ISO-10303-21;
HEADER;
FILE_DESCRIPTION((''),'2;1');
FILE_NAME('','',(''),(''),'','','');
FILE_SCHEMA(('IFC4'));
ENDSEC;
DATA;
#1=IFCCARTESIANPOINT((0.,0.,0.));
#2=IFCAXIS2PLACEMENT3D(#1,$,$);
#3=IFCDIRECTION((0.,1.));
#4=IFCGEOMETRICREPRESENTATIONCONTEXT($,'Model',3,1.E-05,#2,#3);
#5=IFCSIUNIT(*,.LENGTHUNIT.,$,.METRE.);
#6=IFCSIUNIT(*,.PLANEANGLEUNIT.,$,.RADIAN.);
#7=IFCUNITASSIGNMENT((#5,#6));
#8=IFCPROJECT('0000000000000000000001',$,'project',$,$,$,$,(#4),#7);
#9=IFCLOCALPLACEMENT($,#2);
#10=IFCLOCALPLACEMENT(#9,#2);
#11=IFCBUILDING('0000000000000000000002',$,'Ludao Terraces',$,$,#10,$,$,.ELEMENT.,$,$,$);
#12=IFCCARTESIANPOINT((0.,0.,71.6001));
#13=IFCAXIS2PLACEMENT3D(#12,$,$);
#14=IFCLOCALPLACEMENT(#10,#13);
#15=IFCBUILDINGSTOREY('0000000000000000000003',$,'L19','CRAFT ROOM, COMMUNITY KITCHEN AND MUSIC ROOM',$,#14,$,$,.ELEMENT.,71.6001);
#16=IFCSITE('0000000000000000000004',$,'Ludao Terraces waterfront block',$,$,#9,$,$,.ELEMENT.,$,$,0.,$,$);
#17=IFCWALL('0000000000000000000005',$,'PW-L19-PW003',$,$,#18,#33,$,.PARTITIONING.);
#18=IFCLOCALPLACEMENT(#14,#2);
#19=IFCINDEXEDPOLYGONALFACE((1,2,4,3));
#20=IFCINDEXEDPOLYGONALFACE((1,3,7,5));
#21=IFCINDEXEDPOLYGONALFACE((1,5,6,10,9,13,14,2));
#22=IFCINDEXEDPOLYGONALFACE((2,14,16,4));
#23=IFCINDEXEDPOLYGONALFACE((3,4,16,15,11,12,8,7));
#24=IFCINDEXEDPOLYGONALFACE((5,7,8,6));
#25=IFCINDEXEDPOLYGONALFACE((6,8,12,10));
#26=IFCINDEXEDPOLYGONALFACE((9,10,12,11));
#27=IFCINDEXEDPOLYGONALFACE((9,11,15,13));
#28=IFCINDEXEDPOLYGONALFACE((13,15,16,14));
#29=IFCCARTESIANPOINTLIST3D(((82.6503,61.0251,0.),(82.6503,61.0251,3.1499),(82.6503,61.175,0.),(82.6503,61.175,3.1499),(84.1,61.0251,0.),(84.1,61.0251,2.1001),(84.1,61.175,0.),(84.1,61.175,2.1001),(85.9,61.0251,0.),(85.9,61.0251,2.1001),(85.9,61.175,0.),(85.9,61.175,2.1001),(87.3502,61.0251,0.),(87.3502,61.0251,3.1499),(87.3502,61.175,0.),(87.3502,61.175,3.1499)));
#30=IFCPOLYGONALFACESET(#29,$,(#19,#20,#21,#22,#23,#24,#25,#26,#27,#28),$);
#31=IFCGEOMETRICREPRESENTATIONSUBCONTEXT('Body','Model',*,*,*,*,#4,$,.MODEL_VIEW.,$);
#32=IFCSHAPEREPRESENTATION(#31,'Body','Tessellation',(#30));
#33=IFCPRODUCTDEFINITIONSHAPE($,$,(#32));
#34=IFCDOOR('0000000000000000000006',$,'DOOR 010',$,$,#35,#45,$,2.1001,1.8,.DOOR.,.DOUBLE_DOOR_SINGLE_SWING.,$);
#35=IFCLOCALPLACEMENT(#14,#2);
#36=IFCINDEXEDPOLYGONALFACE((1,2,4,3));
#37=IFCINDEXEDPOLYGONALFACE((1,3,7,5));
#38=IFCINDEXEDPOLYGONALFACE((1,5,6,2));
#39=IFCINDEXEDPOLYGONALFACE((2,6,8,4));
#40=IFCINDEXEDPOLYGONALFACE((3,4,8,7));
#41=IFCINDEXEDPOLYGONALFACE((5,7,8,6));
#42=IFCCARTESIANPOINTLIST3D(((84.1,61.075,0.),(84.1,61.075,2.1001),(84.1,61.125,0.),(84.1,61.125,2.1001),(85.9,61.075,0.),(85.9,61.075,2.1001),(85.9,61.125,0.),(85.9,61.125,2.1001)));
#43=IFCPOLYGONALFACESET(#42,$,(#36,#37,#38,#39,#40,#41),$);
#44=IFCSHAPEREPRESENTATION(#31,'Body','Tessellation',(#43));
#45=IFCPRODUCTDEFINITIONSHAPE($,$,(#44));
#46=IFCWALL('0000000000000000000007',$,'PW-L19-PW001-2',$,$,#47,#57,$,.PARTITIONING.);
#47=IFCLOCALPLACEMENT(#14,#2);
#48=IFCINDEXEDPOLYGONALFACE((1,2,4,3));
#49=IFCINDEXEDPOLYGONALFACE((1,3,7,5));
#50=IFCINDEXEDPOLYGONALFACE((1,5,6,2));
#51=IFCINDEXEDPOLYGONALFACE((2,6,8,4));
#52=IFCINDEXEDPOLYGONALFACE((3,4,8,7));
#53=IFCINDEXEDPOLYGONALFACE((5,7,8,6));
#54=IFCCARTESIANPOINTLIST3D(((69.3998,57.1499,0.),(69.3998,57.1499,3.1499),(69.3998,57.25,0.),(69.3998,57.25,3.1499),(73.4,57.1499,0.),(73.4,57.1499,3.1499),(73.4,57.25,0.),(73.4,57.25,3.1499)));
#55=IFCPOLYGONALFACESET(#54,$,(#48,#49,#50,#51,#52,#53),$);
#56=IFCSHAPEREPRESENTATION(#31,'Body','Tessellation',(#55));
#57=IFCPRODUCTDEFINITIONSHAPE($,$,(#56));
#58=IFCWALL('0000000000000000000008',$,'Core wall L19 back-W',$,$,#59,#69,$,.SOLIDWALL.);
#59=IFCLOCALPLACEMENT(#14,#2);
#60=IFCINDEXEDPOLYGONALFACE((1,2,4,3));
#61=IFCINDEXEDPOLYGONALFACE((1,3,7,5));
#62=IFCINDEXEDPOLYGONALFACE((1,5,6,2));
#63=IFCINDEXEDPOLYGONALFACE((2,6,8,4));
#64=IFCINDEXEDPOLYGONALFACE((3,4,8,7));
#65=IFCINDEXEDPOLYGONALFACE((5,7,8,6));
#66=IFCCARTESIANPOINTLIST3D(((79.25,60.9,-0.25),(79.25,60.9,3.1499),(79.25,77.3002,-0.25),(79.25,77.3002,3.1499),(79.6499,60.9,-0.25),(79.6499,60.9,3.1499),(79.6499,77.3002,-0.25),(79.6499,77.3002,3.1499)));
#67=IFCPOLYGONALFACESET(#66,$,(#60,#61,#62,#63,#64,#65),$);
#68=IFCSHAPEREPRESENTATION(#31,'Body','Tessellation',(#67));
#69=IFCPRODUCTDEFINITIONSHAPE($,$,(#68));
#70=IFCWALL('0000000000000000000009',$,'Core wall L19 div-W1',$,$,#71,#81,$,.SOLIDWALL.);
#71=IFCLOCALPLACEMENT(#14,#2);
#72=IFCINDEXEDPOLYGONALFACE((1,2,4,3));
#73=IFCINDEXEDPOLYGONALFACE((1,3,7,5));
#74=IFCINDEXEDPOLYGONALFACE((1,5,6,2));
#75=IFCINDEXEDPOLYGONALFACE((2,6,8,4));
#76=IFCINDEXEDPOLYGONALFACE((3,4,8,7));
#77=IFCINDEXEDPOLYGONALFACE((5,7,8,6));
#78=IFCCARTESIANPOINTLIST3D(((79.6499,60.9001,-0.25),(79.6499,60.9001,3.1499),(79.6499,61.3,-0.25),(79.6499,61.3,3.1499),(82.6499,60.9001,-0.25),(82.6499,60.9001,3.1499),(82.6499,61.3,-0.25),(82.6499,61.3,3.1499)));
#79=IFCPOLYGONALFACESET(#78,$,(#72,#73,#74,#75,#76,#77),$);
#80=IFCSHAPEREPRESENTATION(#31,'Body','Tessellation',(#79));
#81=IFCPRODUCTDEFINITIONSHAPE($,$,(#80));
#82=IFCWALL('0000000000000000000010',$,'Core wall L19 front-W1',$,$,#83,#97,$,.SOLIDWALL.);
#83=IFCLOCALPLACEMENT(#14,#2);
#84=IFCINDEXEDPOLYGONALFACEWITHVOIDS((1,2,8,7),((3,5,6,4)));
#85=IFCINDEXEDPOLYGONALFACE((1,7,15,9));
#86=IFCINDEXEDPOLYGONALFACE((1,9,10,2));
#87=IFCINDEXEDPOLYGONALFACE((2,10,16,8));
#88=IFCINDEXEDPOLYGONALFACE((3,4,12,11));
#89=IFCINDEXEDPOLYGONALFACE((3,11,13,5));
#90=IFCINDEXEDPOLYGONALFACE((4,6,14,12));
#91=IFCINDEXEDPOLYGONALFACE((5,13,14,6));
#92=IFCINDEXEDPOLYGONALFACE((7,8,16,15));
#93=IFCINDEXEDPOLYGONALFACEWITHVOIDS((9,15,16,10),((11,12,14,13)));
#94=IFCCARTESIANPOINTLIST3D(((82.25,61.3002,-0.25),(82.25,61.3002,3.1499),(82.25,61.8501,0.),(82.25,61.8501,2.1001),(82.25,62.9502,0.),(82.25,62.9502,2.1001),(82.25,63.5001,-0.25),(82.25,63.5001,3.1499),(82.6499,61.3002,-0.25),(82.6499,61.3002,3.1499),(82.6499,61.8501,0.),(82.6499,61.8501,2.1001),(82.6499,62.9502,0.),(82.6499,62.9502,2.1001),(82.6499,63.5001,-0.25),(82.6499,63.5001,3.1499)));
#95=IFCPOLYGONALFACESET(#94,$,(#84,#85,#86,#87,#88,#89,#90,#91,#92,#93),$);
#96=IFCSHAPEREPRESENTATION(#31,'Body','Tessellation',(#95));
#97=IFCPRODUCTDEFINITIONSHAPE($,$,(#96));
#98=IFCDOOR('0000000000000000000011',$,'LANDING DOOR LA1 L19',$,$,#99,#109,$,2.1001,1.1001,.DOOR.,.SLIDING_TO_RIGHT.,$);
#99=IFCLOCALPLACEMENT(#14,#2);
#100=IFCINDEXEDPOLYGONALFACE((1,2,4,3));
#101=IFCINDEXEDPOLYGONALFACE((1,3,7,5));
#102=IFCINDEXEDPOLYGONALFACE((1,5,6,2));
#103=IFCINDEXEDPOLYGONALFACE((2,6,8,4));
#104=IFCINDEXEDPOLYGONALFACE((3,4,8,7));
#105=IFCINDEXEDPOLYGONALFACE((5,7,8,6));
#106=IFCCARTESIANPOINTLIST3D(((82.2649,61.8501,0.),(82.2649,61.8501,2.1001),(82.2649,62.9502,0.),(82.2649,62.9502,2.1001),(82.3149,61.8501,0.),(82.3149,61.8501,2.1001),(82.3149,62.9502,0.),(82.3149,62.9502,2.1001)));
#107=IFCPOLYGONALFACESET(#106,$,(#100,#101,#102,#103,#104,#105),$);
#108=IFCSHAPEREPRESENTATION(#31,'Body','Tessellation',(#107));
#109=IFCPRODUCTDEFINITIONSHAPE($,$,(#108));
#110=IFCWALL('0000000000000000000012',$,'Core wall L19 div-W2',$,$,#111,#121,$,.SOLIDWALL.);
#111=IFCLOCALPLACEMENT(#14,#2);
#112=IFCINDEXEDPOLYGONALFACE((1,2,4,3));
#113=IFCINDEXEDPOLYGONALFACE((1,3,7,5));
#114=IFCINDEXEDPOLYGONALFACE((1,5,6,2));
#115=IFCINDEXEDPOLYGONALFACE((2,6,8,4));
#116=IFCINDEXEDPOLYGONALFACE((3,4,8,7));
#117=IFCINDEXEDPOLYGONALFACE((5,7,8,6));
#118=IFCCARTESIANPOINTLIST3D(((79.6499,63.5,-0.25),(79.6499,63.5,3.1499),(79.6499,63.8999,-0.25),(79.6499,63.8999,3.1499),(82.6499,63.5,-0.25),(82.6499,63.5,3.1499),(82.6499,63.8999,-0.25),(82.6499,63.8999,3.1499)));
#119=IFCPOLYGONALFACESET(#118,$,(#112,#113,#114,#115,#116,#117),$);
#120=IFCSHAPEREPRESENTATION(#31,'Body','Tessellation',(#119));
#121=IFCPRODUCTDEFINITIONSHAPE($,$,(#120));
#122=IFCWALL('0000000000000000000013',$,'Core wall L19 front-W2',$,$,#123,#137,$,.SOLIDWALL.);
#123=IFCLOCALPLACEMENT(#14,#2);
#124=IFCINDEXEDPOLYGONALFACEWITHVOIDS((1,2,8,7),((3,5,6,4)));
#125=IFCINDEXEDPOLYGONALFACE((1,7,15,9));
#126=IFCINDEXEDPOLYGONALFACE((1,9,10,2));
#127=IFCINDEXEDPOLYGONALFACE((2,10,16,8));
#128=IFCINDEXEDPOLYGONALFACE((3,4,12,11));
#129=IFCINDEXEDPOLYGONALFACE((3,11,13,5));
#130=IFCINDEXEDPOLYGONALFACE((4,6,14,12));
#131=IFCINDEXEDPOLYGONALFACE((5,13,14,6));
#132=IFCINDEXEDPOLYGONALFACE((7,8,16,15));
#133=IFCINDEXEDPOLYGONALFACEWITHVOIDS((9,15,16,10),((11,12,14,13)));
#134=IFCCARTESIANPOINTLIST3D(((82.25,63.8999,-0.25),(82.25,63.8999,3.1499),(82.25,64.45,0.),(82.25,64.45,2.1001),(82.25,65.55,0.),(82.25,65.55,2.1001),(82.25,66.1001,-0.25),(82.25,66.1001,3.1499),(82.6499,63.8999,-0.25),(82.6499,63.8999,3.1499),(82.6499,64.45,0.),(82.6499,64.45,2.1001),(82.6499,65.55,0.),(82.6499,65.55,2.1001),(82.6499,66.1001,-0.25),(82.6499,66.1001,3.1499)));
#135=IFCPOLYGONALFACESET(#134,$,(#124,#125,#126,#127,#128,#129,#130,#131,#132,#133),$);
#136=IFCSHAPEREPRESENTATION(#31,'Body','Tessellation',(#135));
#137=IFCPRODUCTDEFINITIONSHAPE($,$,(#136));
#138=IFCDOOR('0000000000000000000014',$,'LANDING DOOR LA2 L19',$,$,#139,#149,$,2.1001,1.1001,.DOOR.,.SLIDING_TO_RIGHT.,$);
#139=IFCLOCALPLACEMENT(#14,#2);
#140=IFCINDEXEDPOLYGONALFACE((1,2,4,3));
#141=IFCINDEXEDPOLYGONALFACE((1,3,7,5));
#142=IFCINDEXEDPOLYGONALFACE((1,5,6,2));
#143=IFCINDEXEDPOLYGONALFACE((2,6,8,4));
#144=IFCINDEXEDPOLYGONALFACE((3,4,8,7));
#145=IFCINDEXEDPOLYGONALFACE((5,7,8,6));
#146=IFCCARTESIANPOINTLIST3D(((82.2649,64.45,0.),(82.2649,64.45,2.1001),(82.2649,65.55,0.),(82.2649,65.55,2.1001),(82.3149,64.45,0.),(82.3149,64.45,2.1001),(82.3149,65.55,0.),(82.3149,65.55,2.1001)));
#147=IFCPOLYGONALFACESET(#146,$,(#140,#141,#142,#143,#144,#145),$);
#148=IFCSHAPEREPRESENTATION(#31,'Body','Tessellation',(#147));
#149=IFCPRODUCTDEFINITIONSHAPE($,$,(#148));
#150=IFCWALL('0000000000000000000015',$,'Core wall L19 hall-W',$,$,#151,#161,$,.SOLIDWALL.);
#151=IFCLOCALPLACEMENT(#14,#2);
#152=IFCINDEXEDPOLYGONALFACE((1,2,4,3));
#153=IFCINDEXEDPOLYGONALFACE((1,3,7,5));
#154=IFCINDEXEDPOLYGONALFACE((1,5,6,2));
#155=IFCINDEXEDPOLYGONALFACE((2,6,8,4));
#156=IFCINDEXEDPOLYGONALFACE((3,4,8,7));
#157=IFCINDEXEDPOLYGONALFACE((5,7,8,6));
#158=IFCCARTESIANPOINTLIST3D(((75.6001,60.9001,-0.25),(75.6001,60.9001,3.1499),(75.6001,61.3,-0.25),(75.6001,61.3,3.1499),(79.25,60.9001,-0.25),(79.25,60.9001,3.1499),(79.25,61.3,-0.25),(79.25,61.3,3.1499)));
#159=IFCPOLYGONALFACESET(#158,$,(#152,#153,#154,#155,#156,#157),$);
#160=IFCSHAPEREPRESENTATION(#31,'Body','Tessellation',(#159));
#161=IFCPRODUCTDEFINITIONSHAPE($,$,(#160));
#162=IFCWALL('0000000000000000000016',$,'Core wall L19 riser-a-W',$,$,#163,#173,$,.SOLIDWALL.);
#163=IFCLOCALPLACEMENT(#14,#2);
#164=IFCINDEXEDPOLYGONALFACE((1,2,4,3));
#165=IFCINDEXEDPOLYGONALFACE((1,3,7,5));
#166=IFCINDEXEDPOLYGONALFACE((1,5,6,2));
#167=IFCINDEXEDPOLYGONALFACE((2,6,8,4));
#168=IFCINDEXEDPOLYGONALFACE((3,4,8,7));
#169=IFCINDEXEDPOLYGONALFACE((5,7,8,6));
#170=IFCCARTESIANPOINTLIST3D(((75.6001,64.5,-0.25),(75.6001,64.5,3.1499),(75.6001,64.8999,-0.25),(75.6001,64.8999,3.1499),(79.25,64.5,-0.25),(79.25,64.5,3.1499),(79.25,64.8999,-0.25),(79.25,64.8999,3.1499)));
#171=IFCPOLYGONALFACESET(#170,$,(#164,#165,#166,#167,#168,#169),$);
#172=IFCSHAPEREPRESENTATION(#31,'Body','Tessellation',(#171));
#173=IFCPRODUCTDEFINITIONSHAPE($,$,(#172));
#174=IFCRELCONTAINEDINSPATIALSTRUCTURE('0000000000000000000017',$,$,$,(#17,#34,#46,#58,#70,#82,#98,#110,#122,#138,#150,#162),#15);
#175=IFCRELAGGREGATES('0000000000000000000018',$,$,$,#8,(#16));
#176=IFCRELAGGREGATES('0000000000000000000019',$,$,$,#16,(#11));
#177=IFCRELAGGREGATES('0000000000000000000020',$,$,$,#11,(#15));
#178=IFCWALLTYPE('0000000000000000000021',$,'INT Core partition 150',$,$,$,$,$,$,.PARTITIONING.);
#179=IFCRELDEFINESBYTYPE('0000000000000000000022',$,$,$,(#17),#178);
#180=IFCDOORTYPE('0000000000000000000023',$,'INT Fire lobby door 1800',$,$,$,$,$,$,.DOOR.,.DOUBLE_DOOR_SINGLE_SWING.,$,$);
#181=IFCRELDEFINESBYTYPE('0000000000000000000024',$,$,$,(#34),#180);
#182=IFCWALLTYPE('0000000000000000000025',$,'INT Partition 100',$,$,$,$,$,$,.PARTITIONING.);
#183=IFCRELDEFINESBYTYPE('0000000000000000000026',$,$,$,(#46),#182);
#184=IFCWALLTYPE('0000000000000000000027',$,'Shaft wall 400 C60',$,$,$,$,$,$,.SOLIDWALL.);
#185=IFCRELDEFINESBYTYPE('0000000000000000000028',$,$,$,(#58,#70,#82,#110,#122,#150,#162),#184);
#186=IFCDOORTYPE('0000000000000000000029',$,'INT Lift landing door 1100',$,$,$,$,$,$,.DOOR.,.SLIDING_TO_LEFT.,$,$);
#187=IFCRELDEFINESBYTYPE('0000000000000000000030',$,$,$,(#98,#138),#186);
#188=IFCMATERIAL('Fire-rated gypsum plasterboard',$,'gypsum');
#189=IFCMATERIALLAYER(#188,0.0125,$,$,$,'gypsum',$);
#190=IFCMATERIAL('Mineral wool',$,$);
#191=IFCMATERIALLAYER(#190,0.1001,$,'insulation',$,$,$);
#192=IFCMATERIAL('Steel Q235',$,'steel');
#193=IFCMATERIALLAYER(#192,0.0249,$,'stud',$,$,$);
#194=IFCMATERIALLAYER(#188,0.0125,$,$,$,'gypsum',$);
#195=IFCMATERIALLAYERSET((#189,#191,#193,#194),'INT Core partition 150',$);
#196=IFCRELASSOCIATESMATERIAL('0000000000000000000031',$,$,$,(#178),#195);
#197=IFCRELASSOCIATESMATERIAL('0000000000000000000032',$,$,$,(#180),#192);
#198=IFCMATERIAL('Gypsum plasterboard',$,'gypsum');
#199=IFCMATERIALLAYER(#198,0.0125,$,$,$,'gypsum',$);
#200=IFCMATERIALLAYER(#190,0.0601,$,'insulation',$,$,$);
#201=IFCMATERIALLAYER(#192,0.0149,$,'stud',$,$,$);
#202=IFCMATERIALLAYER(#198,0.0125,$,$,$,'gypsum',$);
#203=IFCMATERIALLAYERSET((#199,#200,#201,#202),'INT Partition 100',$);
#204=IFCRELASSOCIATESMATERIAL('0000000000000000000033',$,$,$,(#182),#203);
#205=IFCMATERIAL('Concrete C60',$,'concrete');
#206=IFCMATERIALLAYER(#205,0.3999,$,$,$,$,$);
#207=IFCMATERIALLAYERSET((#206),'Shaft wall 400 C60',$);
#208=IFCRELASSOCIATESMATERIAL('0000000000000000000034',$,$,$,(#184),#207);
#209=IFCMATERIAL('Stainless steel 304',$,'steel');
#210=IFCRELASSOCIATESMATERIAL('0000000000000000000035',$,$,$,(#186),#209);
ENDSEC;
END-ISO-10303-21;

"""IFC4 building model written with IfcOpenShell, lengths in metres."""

from ifc_helpers import new_model, si_unit, direction, frame, frame_2d, origin, place, context, subcontext, project, spatial, rectangle, extrude, material, layer, layer_set, type_object, element, fill, save


model = new_model("IFC4")

# Units and contexts
model_context = context("Model", 3, precision=1e-05, world=origin(), true_north=direction((0.0, 1.0)))
body_context = subcontext(model_context, "Body", "Model", "MODEL_VIEW")
ifc_project = project(units=[si_unit("LENGTHUNIT", "METRE"), si_unit("PLANEANGLEUNIT", "RADIAN")], contexts=[model_context])

# Site, building, storey
site_placement = place(None, origin())
site = spatial("IfcSite", under=ifc_project, at=site_placement, Name="Ludao Terraces waterfront block", CompositionType="ELEMENT", RefElevation=0.0)
building_placement = place(site_placement, origin())
building = spatial("IfcBuilding", under=site, at=building_placement, Name="Ludao Terraces", CompositionType="ELEMENT")
storey_placement = place(building_placement, frame((0.0, 0.0, 71.6001)))
storey = spatial("IfcBuildingStorey", under=building, at=storey_placement, Name="L19", Description="CRAFT ROOM, COMMUNITY KITCHEN AND MUSIC ROOM", CompositionType="ELEMENT", Elevation=71.6001)

# Shared definitions
ifc_material_1 = material(Name="Steel Q235", Category="steel")

# Wall, opening, door
ifc_material_2 = material(Name="Fire-rated gypsum plasterboard", Category="gypsum")
ifc_layer_1 = layer(ifc_material_2, 0.0125, Category="gypsum")
ifc_material_3 = material(Name="Mineral wool")
ifc_layer_2 = layer(ifc_material_3, 0.1001, Name="insulation")
ifc_layer_3 = layer(ifc_material_1, 0.0249, Name="stud")
ifc_layer_4 = layer(ifc_material_2, 0.0125, Category="gypsum")
ifc_layer_set_1 = layer_set([ifc_layer_1, ifc_layer_2, ifc_layer_3, ifc_layer_4], Name="INT Core partition 150")
wall_type_1 = type_object("IfcWallType", Name="INT Core partition 150", PredefinedType="PARTITIONING", material=ifc_layer_set_1)
wall_1_placement = place(storey_placement, frame((82.6501, 61.1001, 0.0), z_axis=(0.0, 0.0, 1.0), x_axis=(1.0, 0.0, 0.0)))
wall_1 = element("IfcWall", 1, at=wall_1_placement, inside=storey, type_object=wall_type_1, Name="PW-L19-PW003", PredefinedType="PARTITIONING", context=body_context, shape_type="SweptSolid", body=[
    extrude(rectangle(XDim=4.7, YDim=0.1499, at=frame_2d((2.3501, 0.0))), origin(), (0.0, 0.0, 1.0), 3.1499),
])
opening_1_placement = place(wall_1_placement, frame((1.45, 0.0, 0.0)))
opening_1 = element("IfcOpeningElement", 2, at=opening_1_placement, cuts=wall_1, PredefinedType="OPENING", context=body_context, shape_type="SweptSolid", body=[
    extrude(rectangle(XDim=1.8, YDim=2.1001, at=frame_2d((0.8999, 1.05))), frame((0.0, 0.085, 0.0), z_axis=(0.0, -1.0, 0.0), x_axis=(1.0, 0.0, 0.0)), (0.0, 0.0, 1.0), 0.1699),
])
door_type_1 = type_object("IfcDoorType", Name="INT Fire lobby door 1800", OperationType="DOUBLE_DOOR_SINGLE_SWING", PredefinedType="DOOR", material=ifc_material_1)
door_1_placement = place(opening_1_placement, origin())
door_1 = element("IfcDoor", 3, at=door_1_placement, inside=storey, type_object=door_type_1, Name="DOOR 010", OperationType="DOUBLE_DOOR_SINGLE_SWING", OverallHeight=2.1001, OverallWidth=1.8, PredefinedType="DOOR", context=body_context, shape_type="SweptSolid", body=[
    extrude(rectangle(XDim=1.8, YDim=2.1001, at=frame_2d((0.8999, 1.05))), frame((0.0, 0.0249, 0.0), z_axis=(0.0, -1.0, 0.0), x_axis=(1.0, 0.0, 0.0)), (0.0, 0.0, 1.0), 0.05),
])
fill(opening_1, door_1)

# Walls
ifc_material_4 = material(Name="Gypsum plasterboard", Category="gypsum")
ifc_layer_5 = layer(ifc_material_4, 0.0125, Category="gypsum")
ifc_layer_6 = layer(ifc_material_3, 0.0601, Name="insulation")
ifc_layer_7 = layer(ifc_material_1, 0.0149, Name="stud")
ifc_layer_8 = layer(ifc_material_4, 0.0125, Category="gypsum")
ifc_layer_set_2 = layer_set([ifc_layer_5, ifc_layer_6, ifc_layer_7, ifc_layer_8], Name="INT Partition 100")
wall_type_2 = type_object("IfcWallType", Name="INT Partition 100", PredefinedType="PARTITIONING", material=ifc_layer_set_2)
wall_2_placement = place(storey_placement, frame((69.3999, 57.2, 0.0), z_axis=(0.0, 0.0, 1.0), x_axis=(1.0, 0.0, 0.0)))
element("IfcWall", 4, at=wall_2_placement, inside=storey, type_object=wall_type_2, Name="PW-L19-PW001-2", PredefinedType="PARTITIONING", context=body_context, shape_type="SweptSolid", body=[
    extrude(rectangle(XDim=4.0002, YDim=0.1001, at=frame_2d((2.0, 0.0))), origin(), (0.0, 0.0, 1.0), 3.1499),
])
ifc_material_5 = material(Name="Concrete C60", Category="concrete")
ifc_layer_9 = layer(ifc_material_5, 0.3999)
ifc_layer_set_3 = layer_set([ifc_layer_9], Name="Shaft wall 400 C60")
wall_type_3 = type_object("IfcWallType", Name="Shaft wall 400 C60", PredefinedType="SOLIDWALL", material=ifc_layer_set_3)
wall_3_placement = place(storey_placement, frame((79.45, 60.8999, -0.25), z_axis=(0.0, 0.0, 1.0), x_axis=(0.0, 1.0, 0.0)))
element("IfcWall", 5, at=wall_3_placement, inside=storey, type_object=wall_type_3, Name="Core wall L19 back-W", PredefinedType="SOLIDWALL", context=body_context, shape_type="SweptSolid", body=[
    extrude(rectangle(XDim=16.4001, YDim=0.3999, at=frame_2d((8.2002, 0.0))), origin(), (0.0, 0.0, 1.0), 3.3999),
])
wall_4_placement = place(storey_placement, frame((79.6499, 61.1001, -0.25), z_axis=(0.0, 0.0, 1.0), x_axis=(1.0, 0.0, 0.0)))
element("IfcWall", 6, at=wall_4_placement, inside=storey, type_object=wall_type_3, Name="Core wall L19 div-W1", PredefinedType="SOLIDWALL", context=body_context, shape_type="SweptSolid", body=[
    extrude(rectangle(XDim=3.0, YDim=0.3999, at=frame_2d((1.5, 0.0))), origin(), (0.0, 0.0, 1.0), 3.3999),
])

# Wall, opening, door
wall_5_placement = place(storey_placement, frame((82.45, 61.3, -0.25), z_axis=(0.0, 0.0, 1.0), x_axis=(0.0, 1.0, 0.0)))
wall_5 = element("IfcWall", 7, at=wall_5_placement, inside=storey, type_object=wall_type_3, Name="Core wall L19 front-W1", PredefinedType="SOLIDWALL", context=body_context, shape_type="SweptSolid", body=[
    extrude(rectangle(XDim=2.2, YDim=0.3999, at=frame_2d((1.1001, 0.0))), origin(), (0.0, 0.0, 1.0), 3.3999),
])
opening_2_placement = place(wall_5_placement, frame((0.55, 0.0, 0.25)))
opening_2 = element("IfcOpeningElement", 8, at=opening_2_placement, cuts=wall_5, PredefinedType="OPENING", context=body_context, shape_type="SweptSolid", body=[
    extrude(rectangle(XDim=1.1001, YDim=2.1001, at=frame_2d((0.55, 1.05))), frame((0.0, 0.21, 0.0), z_axis=(0.0, -1.0, 0.0), x_axis=(1.0, 0.0, 0.0)), (0.0, 0.0, 1.0), 0.4199),
])
ifc_material_6 = material(Name="Stainless steel 304", Category="steel")
door_type_2 = type_object("IfcDoorType", Name="INT Lift landing door 1100", OperationType="SLIDING_TO_LEFT", PredefinedType="DOOR", material=ifc_material_6)
door_2_placement = place(opening_2_placement, origin())
door_2 = element("IfcDoor", 9, at=door_2_placement, inside=storey, type_object=door_type_2, Name="LANDING DOOR LA1 L19", OperationType="SLIDING_TO_RIGHT", OverallHeight=2.1001, OverallWidth=1.1001, PredefinedType="DOOR", context=body_context, shape_type="SweptSolid", body=[
    extrude(rectangle(XDim=1.1001, YDim=2.1001, at=frame_2d((0.55, 1.05))), frame((0.0, 0.1851, 0.0), z_axis=(0.0, -1.0, 0.0), x_axis=(1.0, 0.0, 0.0)), (0.0, 0.0, 1.0), 0.05),
])
fill(opening_2, door_2)

# Wall
wall_6_placement = place(storey_placement, frame((79.6499, 63.7, -0.25), z_axis=(0.0, 0.0, 1.0), x_axis=(1.0, 0.0, 0.0)))
element("IfcWall", 10, at=wall_6_placement, inside=storey, type_object=wall_type_3, Name="Core wall L19 div-W2", PredefinedType="SOLIDWALL", context=body_context, shape_type="SweptSolid", body=[
    extrude(rectangle(XDim=3.0, YDim=0.3999, at=frame_2d((1.5, 0.0))), origin(), (0.0, 0.0, 1.0), 3.3999),
])

# Wall, opening, door
wall_7_placement = place(storey_placement, frame((82.45, 63.8999, -0.25), z_axis=(0.0, 0.0, 1.0), x_axis=(0.0, 1.0, 0.0)))
wall_7 = element("IfcWall", 11, at=wall_7_placement, inside=storey, type_object=wall_type_3, Name="Core wall L19 front-W2", PredefinedType="SOLIDWALL", context=body_context, shape_type="SweptSolid", body=[
    extrude(rectangle(XDim=2.2002, YDim=0.3999, at=frame_2d((1.1001, 0.0))), origin(), (0.0, 0.0, 1.0), 3.3999),
])
opening_3_placement = place(wall_7_placement, frame((0.55, 0.0, 0.25)))
opening_3 = element("IfcOpeningElement", 12, at=opening_3_placement, cuts=wall_7, PredefinedType="OPENING", context=body_context, shape_type="SweptSolid", body=[
    extrude(rectangle(XDim=1.1001, YDim=2.1001, at=frame_2d((0.55, 1.05))), frame((0.0, 0.21, 0.0), z_axis=(0.0, -1.0, 0.0), x_axis=(1.0, 0.0, 0.0)), (0.0, 0.0, 1.0), 0.4199),
])
door_3_placement = place(opening_3_placement, origin())
door_3 = element("IfcDoor", 13, at=door_3_placement, inside=storey, type_object=door_type_2, Name="LANDING DOOR LA2 L19", OperationType="SLIDING_TO_RIGHT", OverallHeight=2.1001, OverallWidth=1.1001, PredefinedType="DOOR", context=body_context, shape_type="SweptSolid", body=[
    extrude(rectangle(XDim=1.1001, YDim=2.1001, at=frame_2d((0.55, 1.05))), frame((0.0, 0.1851, 0.0), z_axis=(0.0, -1.0, 0.0), x_axis=(1.0, 0.0, 0.0)), (0.0, 0.0, 1.0), 0.05),
])
fill(opening_3, door_3)

# Walls
for number, where, z_axis, x_axis, name in (
    (14, (75.6001, 61.1001, -0.25), (0.0, 0.0, 1.0), (1.0, 0.0, 0.0), "Core wall L19 hall-W"),
    (15, (75.6001, 64.7, -0.25), (0.0, 0.0, 1.0), (1.0, 0.0, 0.0), "Core wall L19 riser-a-W"),
):
    element("IfcWall", number, at=place(storey_placement, frame(where, z_axis=z_axis, x_axis=x_axis)), inside=storey, type_object=wall_type_3, Name=name, PredefinedType="SOLIDWALL", context=body_context, shape_type="SweptSolid", body=[
        extrude(rectangle(XDim=3.6499, YDim=0.3999, at=frame_2d((1.825, 0.0))), origin(), (0.0, 0.0, 1.0), 3.3999),
    ])

save(model, "model.ifc")
